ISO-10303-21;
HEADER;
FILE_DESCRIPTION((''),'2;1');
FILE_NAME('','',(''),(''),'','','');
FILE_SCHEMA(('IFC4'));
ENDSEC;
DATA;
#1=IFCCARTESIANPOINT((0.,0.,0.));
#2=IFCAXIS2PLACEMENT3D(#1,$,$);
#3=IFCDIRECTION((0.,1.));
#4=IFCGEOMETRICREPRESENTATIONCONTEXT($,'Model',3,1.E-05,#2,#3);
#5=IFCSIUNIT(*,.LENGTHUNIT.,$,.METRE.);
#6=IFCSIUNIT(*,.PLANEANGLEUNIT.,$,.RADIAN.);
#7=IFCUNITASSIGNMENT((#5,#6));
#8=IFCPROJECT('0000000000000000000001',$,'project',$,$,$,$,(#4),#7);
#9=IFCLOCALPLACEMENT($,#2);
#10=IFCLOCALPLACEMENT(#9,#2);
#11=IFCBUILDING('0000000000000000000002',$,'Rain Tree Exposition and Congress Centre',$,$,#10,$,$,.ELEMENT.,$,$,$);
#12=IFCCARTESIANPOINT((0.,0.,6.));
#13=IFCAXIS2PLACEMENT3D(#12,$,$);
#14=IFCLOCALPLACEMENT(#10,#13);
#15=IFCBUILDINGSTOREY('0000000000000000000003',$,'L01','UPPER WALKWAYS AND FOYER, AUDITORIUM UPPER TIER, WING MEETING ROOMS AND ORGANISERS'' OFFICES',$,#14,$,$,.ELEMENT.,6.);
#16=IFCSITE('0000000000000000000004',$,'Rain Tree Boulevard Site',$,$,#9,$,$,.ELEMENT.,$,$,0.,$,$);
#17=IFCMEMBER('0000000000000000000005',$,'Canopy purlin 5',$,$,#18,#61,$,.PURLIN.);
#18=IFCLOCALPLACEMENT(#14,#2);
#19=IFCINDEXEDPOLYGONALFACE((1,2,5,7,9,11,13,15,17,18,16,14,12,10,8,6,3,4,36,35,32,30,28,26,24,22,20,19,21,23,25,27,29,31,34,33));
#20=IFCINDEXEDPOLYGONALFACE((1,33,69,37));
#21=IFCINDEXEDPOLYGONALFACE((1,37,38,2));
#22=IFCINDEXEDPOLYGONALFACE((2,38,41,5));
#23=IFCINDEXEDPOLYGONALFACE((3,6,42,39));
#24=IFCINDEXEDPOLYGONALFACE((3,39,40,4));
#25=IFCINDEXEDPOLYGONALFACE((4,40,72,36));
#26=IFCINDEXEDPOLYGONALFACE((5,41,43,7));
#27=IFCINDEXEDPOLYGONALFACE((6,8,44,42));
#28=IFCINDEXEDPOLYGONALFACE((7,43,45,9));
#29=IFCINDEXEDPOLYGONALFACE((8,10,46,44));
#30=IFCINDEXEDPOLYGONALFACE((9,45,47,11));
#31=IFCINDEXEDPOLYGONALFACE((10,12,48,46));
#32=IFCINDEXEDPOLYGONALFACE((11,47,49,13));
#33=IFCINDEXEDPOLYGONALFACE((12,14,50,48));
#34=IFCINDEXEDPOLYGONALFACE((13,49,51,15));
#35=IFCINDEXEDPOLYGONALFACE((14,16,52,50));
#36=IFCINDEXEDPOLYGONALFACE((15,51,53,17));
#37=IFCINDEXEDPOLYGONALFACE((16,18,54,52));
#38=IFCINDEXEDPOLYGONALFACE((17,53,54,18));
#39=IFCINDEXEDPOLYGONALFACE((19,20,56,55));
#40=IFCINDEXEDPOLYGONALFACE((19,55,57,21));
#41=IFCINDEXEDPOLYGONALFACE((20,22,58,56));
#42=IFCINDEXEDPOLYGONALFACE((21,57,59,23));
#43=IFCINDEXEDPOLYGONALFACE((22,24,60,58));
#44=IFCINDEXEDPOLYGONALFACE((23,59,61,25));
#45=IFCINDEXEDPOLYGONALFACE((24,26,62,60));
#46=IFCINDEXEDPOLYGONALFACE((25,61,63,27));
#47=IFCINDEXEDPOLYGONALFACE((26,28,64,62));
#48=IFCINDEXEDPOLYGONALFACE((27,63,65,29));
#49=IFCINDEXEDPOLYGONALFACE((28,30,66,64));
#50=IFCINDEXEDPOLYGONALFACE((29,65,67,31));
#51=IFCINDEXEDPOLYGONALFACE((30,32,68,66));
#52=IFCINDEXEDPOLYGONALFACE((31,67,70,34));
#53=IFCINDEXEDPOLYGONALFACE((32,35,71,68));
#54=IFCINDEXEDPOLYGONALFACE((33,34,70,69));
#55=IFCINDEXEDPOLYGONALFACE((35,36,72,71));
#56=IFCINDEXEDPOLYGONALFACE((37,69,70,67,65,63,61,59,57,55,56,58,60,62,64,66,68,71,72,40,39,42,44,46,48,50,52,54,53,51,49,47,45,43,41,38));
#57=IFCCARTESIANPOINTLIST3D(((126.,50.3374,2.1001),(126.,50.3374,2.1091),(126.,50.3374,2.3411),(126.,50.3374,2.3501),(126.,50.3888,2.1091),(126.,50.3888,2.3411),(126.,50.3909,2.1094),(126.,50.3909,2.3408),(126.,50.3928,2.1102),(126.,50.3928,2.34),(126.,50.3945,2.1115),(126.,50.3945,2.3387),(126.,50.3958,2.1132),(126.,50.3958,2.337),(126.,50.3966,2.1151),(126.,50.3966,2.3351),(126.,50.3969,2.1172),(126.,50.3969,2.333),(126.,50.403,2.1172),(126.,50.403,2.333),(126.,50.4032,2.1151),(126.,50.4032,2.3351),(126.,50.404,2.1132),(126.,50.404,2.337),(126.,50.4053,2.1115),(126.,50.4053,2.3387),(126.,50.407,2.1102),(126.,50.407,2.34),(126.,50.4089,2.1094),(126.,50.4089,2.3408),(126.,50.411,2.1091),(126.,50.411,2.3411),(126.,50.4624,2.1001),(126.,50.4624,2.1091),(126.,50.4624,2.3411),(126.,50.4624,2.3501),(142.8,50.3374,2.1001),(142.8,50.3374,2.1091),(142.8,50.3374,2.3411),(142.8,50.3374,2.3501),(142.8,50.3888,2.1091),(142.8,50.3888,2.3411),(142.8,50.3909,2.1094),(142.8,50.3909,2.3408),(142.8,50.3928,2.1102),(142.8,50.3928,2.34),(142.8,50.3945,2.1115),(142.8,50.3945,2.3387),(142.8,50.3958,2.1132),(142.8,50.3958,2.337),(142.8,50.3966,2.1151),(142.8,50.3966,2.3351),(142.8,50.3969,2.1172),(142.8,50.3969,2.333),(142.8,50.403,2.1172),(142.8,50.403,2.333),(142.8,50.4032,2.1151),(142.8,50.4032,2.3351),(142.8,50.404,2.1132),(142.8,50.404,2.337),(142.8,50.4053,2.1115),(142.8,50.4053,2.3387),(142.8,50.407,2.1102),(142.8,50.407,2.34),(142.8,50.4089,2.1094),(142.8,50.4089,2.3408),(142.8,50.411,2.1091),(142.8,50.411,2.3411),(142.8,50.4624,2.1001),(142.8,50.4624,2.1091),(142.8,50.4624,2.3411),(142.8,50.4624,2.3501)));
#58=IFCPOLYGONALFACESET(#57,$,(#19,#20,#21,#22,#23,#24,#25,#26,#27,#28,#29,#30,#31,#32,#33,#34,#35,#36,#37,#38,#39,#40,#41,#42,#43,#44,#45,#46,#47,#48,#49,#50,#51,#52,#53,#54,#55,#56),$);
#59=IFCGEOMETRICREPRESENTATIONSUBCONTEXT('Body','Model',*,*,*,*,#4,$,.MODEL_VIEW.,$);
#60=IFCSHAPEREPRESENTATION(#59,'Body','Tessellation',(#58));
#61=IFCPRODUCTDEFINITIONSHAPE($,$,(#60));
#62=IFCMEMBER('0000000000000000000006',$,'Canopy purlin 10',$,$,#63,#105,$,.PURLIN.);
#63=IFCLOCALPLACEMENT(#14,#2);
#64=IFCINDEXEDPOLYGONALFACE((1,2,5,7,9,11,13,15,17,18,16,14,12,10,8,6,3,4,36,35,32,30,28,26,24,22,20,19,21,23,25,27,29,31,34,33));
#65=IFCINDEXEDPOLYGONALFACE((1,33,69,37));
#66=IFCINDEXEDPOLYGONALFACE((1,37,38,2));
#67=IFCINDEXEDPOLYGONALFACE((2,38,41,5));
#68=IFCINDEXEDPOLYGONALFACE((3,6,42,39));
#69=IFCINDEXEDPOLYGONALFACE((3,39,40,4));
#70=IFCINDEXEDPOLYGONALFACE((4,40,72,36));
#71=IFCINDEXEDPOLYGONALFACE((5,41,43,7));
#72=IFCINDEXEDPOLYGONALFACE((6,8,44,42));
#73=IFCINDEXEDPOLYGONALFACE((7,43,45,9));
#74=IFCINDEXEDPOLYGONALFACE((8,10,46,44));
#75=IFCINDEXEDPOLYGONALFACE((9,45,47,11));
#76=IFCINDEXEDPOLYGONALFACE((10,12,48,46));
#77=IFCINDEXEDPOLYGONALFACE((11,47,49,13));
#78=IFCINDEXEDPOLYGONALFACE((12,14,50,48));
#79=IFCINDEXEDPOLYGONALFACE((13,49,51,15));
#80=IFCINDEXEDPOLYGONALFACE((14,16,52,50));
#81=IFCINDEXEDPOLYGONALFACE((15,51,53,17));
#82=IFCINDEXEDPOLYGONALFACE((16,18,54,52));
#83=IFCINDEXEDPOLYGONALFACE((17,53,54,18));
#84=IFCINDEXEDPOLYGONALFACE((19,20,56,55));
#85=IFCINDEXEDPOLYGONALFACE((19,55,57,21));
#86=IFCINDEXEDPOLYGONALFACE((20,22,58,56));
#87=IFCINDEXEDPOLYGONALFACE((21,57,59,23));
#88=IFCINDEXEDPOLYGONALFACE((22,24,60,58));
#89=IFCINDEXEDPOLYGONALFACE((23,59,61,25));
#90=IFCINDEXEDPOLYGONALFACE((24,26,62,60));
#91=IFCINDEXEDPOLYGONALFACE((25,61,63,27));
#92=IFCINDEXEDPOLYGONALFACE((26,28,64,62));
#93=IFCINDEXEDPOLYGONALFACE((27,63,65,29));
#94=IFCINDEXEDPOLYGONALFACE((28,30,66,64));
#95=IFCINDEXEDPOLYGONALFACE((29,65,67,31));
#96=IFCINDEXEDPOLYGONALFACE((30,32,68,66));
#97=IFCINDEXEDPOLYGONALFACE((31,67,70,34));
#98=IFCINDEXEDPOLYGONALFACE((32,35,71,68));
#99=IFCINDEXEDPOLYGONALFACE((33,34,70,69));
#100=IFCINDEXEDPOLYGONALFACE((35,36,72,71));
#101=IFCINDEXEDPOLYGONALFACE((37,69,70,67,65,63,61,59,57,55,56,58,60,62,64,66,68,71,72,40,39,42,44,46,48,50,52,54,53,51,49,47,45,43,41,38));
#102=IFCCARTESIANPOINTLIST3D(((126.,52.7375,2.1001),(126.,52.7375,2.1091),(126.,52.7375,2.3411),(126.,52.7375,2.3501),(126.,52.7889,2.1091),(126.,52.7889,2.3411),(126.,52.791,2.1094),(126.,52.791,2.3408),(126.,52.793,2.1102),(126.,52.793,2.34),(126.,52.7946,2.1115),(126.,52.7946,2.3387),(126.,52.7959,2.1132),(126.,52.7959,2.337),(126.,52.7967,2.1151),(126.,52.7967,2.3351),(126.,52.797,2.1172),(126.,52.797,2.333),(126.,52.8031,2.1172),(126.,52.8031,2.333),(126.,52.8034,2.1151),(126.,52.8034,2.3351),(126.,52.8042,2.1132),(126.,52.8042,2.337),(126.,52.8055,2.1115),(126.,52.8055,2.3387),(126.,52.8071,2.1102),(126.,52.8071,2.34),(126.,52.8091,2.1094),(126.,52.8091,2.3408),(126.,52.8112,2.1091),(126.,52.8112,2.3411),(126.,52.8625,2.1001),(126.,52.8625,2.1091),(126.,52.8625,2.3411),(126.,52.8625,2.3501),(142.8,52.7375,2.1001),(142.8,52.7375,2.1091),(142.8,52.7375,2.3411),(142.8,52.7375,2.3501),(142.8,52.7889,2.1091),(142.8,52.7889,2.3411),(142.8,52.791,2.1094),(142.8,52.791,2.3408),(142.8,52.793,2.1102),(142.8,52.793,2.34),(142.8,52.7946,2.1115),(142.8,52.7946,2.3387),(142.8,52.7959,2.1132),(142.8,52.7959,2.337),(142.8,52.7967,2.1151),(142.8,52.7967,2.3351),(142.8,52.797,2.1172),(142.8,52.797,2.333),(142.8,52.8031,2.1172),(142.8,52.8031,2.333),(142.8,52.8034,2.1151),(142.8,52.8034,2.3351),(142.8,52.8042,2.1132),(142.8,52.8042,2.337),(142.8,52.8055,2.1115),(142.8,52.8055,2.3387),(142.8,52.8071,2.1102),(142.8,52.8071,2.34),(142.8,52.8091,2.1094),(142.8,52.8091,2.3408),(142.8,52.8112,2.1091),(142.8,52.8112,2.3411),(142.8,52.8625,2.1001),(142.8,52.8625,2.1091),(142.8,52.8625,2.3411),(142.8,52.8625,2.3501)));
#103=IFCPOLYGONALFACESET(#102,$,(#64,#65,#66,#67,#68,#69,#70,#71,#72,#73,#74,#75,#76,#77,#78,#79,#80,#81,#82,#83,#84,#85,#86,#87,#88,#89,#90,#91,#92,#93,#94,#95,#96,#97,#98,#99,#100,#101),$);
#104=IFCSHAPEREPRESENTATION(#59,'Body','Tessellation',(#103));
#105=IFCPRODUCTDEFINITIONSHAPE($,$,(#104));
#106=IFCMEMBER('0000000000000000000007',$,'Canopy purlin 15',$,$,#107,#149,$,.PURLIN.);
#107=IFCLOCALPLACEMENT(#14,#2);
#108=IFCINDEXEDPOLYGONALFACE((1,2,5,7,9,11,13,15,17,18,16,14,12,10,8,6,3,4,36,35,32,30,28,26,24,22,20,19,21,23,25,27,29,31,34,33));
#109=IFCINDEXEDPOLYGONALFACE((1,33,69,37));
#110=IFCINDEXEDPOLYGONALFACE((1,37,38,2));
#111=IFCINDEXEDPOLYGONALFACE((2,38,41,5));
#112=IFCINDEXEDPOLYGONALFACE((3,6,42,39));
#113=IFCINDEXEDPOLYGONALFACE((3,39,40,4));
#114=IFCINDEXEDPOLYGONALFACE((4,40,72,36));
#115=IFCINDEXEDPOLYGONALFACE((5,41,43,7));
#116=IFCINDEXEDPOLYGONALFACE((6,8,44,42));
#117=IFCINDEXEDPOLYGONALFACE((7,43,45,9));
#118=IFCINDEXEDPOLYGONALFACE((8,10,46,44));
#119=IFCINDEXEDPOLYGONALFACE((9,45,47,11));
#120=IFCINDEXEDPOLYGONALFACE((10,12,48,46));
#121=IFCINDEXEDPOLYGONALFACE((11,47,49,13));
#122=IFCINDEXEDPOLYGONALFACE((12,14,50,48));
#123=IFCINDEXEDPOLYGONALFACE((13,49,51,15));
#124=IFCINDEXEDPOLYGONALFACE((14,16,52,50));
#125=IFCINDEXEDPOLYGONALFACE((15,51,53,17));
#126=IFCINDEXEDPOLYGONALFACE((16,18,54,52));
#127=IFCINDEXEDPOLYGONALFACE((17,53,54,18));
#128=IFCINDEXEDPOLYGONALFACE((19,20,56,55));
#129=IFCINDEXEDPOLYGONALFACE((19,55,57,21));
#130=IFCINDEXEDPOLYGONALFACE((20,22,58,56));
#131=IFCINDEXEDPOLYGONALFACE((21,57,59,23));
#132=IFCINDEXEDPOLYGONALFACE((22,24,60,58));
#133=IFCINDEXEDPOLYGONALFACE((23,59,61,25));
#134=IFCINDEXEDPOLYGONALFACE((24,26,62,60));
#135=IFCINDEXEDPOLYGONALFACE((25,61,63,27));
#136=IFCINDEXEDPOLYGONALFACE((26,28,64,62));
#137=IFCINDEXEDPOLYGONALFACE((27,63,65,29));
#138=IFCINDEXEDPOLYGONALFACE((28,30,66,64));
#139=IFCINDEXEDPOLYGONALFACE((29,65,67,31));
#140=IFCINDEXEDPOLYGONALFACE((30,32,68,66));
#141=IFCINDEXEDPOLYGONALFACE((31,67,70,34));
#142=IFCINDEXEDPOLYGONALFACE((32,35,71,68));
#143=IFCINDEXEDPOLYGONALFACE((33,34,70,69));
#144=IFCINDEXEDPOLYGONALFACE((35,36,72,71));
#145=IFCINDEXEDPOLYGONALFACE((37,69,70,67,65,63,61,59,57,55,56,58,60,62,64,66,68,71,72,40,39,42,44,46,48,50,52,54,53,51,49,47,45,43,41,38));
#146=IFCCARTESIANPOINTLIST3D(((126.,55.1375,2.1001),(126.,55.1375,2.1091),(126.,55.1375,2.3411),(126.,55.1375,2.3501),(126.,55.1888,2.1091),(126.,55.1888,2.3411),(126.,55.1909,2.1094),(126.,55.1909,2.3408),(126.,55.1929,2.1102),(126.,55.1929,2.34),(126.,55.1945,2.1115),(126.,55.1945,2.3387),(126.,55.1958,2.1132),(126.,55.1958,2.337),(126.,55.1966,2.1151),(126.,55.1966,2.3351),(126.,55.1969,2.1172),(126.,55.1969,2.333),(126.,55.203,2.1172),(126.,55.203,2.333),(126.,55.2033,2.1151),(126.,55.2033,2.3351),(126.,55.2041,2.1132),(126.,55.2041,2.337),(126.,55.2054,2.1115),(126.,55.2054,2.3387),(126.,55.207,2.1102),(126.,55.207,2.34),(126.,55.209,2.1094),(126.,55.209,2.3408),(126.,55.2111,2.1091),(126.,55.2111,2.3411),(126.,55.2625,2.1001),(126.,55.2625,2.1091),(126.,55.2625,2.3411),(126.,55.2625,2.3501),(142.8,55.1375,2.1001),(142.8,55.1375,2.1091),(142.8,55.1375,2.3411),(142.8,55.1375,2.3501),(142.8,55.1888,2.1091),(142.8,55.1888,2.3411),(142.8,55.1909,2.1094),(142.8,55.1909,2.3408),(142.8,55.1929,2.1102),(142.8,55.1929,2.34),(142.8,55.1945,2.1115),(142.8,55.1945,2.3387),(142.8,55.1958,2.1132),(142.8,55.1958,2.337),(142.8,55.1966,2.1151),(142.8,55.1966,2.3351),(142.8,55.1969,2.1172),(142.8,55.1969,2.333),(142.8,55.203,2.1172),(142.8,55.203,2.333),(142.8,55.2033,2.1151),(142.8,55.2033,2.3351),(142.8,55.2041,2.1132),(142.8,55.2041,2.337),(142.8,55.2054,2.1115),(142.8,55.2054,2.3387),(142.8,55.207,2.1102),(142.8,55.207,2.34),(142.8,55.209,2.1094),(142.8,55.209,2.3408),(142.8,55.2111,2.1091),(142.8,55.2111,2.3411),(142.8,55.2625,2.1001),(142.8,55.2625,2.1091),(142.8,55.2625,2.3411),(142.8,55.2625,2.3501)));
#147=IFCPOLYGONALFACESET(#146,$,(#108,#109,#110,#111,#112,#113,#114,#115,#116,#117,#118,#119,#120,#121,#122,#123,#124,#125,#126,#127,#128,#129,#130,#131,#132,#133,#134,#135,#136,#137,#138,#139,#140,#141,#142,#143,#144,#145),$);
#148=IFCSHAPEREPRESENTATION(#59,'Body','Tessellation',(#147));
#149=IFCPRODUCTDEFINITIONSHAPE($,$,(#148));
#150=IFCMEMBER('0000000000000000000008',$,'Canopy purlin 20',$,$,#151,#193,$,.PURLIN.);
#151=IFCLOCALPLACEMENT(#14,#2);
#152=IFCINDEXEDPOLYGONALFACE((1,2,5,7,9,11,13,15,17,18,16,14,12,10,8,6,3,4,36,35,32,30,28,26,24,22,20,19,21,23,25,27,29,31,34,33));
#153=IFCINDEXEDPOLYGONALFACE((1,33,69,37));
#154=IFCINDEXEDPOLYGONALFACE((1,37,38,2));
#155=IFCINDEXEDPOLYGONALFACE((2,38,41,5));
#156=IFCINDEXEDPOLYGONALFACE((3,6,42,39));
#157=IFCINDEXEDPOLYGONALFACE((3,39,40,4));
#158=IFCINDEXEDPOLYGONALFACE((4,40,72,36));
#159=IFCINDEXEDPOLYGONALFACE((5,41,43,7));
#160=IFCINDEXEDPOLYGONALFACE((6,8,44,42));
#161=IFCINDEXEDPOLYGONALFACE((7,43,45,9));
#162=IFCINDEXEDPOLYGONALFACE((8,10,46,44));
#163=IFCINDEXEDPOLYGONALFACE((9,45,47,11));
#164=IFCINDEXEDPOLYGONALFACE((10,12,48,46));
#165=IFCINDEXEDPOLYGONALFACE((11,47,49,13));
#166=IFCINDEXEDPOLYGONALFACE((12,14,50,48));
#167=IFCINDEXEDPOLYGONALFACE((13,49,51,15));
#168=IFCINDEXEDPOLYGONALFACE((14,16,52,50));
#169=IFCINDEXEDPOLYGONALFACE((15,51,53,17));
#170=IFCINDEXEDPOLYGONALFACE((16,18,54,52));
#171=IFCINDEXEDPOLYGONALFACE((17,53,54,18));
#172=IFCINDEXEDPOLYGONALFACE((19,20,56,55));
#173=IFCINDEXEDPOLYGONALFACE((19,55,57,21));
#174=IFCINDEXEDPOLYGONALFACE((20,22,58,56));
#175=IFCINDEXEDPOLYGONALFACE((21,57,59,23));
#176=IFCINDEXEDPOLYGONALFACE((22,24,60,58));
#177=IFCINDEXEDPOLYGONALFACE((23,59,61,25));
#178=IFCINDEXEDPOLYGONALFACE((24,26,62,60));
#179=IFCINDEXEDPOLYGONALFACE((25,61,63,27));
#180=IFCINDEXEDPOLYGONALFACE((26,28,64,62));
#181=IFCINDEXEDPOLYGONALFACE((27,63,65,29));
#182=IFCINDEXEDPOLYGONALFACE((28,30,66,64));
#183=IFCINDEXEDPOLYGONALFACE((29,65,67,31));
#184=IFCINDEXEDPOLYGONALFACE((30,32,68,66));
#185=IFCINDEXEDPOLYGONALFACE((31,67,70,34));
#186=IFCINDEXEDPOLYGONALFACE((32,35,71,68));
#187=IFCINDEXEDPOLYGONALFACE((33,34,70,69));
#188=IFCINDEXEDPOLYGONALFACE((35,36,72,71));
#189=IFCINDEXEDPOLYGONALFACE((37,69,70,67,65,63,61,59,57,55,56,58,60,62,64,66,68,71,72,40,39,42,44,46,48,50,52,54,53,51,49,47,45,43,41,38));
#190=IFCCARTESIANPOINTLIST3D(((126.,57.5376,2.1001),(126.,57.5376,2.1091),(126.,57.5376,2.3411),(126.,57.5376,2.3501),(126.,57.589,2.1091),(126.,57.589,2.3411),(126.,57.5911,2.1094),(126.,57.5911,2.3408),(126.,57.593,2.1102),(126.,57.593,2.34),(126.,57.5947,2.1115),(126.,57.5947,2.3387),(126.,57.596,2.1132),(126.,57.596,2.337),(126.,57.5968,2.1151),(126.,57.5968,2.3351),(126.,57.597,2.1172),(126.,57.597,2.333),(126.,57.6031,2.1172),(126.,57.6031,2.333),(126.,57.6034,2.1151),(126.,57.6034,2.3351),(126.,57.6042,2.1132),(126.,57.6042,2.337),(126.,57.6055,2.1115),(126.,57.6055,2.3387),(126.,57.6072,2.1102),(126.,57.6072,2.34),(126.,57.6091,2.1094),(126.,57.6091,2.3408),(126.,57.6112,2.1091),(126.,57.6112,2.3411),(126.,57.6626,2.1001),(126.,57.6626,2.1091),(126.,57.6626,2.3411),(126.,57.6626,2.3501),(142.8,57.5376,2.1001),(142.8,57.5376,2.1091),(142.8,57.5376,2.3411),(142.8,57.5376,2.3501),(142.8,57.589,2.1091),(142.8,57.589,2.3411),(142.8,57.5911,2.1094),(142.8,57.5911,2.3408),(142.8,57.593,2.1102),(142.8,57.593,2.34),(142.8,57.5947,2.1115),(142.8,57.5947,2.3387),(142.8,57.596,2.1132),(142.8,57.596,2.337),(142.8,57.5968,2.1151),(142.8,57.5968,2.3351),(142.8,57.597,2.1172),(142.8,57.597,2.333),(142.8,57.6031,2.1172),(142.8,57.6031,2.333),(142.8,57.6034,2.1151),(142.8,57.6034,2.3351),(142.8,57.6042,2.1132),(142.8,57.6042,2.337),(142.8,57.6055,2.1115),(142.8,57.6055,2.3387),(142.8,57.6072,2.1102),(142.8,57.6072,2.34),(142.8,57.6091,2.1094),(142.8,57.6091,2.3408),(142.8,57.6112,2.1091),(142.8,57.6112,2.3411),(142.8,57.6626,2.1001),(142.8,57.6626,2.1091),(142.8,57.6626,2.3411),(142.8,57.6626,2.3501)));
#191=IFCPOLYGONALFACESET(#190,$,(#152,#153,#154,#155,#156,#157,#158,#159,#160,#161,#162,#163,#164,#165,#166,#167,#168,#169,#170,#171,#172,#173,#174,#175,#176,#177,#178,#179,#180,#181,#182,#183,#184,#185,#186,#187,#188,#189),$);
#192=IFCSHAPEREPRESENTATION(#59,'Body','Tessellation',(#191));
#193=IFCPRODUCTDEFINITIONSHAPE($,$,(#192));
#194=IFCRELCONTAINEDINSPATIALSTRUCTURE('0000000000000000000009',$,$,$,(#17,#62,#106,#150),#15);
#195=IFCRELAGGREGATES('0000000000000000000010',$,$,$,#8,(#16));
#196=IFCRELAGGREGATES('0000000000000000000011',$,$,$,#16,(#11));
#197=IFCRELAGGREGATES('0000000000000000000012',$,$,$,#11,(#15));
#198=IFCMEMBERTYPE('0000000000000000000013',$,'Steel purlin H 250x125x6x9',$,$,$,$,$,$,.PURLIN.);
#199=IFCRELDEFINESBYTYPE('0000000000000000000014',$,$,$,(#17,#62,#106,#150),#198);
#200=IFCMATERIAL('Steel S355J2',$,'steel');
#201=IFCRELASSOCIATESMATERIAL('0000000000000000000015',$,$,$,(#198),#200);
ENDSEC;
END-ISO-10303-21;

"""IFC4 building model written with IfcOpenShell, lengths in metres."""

from ifc_helpers import new_model, si_unit, direction, frame, origin, origin_2d, place, context, subcontext, project, spatial, i_section, extrude, material, material_profile, profile_set, type_object, element, save


model = new_model("IFC4")

# Units and contexts
model_context = context("Model", 3, precision=1e-05, world=origin(), true_north=direction((0.0, 1.0)))
body_context = subcontext(model_context, "Body", "Model", "MODEL_VIEW")
ifc_project = project(units=[si_unit("LENGTHUNIT", "METRE"), si_unit("PLANEANGLEUNIT", "RADIAN")], contexts=[model_context])

# Site, building, storey
site_placement = place(None, origin())
site = spatial("IfcSite", under=ifc_project, at=site_placement, Name="Rain Tree Boulevard Site", CompositionType="ELEMENT", RefElevation=0.0)
building_placement = place(site_placement, origin())
building = spatial("IfcBuilding", under=site, at=building_placement, Name="Rain Tree Exposition and Congress Centre", CompositionType="ELEMENT")
storey_placement = place(building_placement, frame((0.0, 0.0, 6.0)))
storey = spatial("IfcBuildingStorey", under=building, at=storey_placement, Name="L01", Description="UPPER WALKWAYS AND FOYER, AUDITORIUM UPPER TIER, WING MEETING ROOMS AND ORGANISERS' OFFICES", CompositionType="ELEMENT", Elevation=6.0)

# Members
ifc_material_1 = material(Name="Steel S355J2", Category="steel")
ifc_material_profile_1 = material_profile(ifc_material_1, i_section(OverallWidth=0.125, OverallDepth=0.25, WebThickness=0.0061, FlangeThickness=0.009, FilletRadius=0.0081, at=origin_2d()), Name="H 250x125x6x9")
ifc_profile_set_1 = profile_set([ifc_material_profile_1], Name="Steel S355J2")
member_type = type_object("IfcMemberType", Name="Steel purlin H 250x125x6x9", PredefinedType="PURLIN", material=ifc_profile_set_1)
for number, where, z_axis, x_axis, name in (
    (1, (126.0, 50.3999, 2.2251), (1.0, 0.0, 0.0), (0.0, 1.0, 0.0), "Canopy purlin 5"),
    (2, (126.0, 52.8, 2.2251), (1.0, 0.0, 0.0), (0.0, 1.0, 0.0), "Canopy purlin 10"),
    (3, (126.0, 55.2, 2.2251), (1.0, 0.0, 0.0), (0.0, 1.0, 0.0), "Canopy purlin 15"),
    (4, (126.0, 57.6001, 2.2251), (1.0, 0.0, 0.0), (0.0, 1.0, 0.0), "Canopy purlin 20"),
):
    element("IfcMember", number, at=place(storey_placement, frame(where, z_axis=z_axis, x_axis=x_axis)), inside=storey, type_object=member_type, Name=name, PredefinedType="PURLIN", context=body_context, shape_type="SweptSolid", body=[
        extrude(i_section(OverallWidth=0.125, OverallDepth=0.25, WebThickness=0.0061, FlangeThickness=0.009, FilletRadius=0.0081, at=origin_2d()), origin(), (0.0, 0.0, 1.0), 16.8),
    ])

save(model, "model.ifc")
